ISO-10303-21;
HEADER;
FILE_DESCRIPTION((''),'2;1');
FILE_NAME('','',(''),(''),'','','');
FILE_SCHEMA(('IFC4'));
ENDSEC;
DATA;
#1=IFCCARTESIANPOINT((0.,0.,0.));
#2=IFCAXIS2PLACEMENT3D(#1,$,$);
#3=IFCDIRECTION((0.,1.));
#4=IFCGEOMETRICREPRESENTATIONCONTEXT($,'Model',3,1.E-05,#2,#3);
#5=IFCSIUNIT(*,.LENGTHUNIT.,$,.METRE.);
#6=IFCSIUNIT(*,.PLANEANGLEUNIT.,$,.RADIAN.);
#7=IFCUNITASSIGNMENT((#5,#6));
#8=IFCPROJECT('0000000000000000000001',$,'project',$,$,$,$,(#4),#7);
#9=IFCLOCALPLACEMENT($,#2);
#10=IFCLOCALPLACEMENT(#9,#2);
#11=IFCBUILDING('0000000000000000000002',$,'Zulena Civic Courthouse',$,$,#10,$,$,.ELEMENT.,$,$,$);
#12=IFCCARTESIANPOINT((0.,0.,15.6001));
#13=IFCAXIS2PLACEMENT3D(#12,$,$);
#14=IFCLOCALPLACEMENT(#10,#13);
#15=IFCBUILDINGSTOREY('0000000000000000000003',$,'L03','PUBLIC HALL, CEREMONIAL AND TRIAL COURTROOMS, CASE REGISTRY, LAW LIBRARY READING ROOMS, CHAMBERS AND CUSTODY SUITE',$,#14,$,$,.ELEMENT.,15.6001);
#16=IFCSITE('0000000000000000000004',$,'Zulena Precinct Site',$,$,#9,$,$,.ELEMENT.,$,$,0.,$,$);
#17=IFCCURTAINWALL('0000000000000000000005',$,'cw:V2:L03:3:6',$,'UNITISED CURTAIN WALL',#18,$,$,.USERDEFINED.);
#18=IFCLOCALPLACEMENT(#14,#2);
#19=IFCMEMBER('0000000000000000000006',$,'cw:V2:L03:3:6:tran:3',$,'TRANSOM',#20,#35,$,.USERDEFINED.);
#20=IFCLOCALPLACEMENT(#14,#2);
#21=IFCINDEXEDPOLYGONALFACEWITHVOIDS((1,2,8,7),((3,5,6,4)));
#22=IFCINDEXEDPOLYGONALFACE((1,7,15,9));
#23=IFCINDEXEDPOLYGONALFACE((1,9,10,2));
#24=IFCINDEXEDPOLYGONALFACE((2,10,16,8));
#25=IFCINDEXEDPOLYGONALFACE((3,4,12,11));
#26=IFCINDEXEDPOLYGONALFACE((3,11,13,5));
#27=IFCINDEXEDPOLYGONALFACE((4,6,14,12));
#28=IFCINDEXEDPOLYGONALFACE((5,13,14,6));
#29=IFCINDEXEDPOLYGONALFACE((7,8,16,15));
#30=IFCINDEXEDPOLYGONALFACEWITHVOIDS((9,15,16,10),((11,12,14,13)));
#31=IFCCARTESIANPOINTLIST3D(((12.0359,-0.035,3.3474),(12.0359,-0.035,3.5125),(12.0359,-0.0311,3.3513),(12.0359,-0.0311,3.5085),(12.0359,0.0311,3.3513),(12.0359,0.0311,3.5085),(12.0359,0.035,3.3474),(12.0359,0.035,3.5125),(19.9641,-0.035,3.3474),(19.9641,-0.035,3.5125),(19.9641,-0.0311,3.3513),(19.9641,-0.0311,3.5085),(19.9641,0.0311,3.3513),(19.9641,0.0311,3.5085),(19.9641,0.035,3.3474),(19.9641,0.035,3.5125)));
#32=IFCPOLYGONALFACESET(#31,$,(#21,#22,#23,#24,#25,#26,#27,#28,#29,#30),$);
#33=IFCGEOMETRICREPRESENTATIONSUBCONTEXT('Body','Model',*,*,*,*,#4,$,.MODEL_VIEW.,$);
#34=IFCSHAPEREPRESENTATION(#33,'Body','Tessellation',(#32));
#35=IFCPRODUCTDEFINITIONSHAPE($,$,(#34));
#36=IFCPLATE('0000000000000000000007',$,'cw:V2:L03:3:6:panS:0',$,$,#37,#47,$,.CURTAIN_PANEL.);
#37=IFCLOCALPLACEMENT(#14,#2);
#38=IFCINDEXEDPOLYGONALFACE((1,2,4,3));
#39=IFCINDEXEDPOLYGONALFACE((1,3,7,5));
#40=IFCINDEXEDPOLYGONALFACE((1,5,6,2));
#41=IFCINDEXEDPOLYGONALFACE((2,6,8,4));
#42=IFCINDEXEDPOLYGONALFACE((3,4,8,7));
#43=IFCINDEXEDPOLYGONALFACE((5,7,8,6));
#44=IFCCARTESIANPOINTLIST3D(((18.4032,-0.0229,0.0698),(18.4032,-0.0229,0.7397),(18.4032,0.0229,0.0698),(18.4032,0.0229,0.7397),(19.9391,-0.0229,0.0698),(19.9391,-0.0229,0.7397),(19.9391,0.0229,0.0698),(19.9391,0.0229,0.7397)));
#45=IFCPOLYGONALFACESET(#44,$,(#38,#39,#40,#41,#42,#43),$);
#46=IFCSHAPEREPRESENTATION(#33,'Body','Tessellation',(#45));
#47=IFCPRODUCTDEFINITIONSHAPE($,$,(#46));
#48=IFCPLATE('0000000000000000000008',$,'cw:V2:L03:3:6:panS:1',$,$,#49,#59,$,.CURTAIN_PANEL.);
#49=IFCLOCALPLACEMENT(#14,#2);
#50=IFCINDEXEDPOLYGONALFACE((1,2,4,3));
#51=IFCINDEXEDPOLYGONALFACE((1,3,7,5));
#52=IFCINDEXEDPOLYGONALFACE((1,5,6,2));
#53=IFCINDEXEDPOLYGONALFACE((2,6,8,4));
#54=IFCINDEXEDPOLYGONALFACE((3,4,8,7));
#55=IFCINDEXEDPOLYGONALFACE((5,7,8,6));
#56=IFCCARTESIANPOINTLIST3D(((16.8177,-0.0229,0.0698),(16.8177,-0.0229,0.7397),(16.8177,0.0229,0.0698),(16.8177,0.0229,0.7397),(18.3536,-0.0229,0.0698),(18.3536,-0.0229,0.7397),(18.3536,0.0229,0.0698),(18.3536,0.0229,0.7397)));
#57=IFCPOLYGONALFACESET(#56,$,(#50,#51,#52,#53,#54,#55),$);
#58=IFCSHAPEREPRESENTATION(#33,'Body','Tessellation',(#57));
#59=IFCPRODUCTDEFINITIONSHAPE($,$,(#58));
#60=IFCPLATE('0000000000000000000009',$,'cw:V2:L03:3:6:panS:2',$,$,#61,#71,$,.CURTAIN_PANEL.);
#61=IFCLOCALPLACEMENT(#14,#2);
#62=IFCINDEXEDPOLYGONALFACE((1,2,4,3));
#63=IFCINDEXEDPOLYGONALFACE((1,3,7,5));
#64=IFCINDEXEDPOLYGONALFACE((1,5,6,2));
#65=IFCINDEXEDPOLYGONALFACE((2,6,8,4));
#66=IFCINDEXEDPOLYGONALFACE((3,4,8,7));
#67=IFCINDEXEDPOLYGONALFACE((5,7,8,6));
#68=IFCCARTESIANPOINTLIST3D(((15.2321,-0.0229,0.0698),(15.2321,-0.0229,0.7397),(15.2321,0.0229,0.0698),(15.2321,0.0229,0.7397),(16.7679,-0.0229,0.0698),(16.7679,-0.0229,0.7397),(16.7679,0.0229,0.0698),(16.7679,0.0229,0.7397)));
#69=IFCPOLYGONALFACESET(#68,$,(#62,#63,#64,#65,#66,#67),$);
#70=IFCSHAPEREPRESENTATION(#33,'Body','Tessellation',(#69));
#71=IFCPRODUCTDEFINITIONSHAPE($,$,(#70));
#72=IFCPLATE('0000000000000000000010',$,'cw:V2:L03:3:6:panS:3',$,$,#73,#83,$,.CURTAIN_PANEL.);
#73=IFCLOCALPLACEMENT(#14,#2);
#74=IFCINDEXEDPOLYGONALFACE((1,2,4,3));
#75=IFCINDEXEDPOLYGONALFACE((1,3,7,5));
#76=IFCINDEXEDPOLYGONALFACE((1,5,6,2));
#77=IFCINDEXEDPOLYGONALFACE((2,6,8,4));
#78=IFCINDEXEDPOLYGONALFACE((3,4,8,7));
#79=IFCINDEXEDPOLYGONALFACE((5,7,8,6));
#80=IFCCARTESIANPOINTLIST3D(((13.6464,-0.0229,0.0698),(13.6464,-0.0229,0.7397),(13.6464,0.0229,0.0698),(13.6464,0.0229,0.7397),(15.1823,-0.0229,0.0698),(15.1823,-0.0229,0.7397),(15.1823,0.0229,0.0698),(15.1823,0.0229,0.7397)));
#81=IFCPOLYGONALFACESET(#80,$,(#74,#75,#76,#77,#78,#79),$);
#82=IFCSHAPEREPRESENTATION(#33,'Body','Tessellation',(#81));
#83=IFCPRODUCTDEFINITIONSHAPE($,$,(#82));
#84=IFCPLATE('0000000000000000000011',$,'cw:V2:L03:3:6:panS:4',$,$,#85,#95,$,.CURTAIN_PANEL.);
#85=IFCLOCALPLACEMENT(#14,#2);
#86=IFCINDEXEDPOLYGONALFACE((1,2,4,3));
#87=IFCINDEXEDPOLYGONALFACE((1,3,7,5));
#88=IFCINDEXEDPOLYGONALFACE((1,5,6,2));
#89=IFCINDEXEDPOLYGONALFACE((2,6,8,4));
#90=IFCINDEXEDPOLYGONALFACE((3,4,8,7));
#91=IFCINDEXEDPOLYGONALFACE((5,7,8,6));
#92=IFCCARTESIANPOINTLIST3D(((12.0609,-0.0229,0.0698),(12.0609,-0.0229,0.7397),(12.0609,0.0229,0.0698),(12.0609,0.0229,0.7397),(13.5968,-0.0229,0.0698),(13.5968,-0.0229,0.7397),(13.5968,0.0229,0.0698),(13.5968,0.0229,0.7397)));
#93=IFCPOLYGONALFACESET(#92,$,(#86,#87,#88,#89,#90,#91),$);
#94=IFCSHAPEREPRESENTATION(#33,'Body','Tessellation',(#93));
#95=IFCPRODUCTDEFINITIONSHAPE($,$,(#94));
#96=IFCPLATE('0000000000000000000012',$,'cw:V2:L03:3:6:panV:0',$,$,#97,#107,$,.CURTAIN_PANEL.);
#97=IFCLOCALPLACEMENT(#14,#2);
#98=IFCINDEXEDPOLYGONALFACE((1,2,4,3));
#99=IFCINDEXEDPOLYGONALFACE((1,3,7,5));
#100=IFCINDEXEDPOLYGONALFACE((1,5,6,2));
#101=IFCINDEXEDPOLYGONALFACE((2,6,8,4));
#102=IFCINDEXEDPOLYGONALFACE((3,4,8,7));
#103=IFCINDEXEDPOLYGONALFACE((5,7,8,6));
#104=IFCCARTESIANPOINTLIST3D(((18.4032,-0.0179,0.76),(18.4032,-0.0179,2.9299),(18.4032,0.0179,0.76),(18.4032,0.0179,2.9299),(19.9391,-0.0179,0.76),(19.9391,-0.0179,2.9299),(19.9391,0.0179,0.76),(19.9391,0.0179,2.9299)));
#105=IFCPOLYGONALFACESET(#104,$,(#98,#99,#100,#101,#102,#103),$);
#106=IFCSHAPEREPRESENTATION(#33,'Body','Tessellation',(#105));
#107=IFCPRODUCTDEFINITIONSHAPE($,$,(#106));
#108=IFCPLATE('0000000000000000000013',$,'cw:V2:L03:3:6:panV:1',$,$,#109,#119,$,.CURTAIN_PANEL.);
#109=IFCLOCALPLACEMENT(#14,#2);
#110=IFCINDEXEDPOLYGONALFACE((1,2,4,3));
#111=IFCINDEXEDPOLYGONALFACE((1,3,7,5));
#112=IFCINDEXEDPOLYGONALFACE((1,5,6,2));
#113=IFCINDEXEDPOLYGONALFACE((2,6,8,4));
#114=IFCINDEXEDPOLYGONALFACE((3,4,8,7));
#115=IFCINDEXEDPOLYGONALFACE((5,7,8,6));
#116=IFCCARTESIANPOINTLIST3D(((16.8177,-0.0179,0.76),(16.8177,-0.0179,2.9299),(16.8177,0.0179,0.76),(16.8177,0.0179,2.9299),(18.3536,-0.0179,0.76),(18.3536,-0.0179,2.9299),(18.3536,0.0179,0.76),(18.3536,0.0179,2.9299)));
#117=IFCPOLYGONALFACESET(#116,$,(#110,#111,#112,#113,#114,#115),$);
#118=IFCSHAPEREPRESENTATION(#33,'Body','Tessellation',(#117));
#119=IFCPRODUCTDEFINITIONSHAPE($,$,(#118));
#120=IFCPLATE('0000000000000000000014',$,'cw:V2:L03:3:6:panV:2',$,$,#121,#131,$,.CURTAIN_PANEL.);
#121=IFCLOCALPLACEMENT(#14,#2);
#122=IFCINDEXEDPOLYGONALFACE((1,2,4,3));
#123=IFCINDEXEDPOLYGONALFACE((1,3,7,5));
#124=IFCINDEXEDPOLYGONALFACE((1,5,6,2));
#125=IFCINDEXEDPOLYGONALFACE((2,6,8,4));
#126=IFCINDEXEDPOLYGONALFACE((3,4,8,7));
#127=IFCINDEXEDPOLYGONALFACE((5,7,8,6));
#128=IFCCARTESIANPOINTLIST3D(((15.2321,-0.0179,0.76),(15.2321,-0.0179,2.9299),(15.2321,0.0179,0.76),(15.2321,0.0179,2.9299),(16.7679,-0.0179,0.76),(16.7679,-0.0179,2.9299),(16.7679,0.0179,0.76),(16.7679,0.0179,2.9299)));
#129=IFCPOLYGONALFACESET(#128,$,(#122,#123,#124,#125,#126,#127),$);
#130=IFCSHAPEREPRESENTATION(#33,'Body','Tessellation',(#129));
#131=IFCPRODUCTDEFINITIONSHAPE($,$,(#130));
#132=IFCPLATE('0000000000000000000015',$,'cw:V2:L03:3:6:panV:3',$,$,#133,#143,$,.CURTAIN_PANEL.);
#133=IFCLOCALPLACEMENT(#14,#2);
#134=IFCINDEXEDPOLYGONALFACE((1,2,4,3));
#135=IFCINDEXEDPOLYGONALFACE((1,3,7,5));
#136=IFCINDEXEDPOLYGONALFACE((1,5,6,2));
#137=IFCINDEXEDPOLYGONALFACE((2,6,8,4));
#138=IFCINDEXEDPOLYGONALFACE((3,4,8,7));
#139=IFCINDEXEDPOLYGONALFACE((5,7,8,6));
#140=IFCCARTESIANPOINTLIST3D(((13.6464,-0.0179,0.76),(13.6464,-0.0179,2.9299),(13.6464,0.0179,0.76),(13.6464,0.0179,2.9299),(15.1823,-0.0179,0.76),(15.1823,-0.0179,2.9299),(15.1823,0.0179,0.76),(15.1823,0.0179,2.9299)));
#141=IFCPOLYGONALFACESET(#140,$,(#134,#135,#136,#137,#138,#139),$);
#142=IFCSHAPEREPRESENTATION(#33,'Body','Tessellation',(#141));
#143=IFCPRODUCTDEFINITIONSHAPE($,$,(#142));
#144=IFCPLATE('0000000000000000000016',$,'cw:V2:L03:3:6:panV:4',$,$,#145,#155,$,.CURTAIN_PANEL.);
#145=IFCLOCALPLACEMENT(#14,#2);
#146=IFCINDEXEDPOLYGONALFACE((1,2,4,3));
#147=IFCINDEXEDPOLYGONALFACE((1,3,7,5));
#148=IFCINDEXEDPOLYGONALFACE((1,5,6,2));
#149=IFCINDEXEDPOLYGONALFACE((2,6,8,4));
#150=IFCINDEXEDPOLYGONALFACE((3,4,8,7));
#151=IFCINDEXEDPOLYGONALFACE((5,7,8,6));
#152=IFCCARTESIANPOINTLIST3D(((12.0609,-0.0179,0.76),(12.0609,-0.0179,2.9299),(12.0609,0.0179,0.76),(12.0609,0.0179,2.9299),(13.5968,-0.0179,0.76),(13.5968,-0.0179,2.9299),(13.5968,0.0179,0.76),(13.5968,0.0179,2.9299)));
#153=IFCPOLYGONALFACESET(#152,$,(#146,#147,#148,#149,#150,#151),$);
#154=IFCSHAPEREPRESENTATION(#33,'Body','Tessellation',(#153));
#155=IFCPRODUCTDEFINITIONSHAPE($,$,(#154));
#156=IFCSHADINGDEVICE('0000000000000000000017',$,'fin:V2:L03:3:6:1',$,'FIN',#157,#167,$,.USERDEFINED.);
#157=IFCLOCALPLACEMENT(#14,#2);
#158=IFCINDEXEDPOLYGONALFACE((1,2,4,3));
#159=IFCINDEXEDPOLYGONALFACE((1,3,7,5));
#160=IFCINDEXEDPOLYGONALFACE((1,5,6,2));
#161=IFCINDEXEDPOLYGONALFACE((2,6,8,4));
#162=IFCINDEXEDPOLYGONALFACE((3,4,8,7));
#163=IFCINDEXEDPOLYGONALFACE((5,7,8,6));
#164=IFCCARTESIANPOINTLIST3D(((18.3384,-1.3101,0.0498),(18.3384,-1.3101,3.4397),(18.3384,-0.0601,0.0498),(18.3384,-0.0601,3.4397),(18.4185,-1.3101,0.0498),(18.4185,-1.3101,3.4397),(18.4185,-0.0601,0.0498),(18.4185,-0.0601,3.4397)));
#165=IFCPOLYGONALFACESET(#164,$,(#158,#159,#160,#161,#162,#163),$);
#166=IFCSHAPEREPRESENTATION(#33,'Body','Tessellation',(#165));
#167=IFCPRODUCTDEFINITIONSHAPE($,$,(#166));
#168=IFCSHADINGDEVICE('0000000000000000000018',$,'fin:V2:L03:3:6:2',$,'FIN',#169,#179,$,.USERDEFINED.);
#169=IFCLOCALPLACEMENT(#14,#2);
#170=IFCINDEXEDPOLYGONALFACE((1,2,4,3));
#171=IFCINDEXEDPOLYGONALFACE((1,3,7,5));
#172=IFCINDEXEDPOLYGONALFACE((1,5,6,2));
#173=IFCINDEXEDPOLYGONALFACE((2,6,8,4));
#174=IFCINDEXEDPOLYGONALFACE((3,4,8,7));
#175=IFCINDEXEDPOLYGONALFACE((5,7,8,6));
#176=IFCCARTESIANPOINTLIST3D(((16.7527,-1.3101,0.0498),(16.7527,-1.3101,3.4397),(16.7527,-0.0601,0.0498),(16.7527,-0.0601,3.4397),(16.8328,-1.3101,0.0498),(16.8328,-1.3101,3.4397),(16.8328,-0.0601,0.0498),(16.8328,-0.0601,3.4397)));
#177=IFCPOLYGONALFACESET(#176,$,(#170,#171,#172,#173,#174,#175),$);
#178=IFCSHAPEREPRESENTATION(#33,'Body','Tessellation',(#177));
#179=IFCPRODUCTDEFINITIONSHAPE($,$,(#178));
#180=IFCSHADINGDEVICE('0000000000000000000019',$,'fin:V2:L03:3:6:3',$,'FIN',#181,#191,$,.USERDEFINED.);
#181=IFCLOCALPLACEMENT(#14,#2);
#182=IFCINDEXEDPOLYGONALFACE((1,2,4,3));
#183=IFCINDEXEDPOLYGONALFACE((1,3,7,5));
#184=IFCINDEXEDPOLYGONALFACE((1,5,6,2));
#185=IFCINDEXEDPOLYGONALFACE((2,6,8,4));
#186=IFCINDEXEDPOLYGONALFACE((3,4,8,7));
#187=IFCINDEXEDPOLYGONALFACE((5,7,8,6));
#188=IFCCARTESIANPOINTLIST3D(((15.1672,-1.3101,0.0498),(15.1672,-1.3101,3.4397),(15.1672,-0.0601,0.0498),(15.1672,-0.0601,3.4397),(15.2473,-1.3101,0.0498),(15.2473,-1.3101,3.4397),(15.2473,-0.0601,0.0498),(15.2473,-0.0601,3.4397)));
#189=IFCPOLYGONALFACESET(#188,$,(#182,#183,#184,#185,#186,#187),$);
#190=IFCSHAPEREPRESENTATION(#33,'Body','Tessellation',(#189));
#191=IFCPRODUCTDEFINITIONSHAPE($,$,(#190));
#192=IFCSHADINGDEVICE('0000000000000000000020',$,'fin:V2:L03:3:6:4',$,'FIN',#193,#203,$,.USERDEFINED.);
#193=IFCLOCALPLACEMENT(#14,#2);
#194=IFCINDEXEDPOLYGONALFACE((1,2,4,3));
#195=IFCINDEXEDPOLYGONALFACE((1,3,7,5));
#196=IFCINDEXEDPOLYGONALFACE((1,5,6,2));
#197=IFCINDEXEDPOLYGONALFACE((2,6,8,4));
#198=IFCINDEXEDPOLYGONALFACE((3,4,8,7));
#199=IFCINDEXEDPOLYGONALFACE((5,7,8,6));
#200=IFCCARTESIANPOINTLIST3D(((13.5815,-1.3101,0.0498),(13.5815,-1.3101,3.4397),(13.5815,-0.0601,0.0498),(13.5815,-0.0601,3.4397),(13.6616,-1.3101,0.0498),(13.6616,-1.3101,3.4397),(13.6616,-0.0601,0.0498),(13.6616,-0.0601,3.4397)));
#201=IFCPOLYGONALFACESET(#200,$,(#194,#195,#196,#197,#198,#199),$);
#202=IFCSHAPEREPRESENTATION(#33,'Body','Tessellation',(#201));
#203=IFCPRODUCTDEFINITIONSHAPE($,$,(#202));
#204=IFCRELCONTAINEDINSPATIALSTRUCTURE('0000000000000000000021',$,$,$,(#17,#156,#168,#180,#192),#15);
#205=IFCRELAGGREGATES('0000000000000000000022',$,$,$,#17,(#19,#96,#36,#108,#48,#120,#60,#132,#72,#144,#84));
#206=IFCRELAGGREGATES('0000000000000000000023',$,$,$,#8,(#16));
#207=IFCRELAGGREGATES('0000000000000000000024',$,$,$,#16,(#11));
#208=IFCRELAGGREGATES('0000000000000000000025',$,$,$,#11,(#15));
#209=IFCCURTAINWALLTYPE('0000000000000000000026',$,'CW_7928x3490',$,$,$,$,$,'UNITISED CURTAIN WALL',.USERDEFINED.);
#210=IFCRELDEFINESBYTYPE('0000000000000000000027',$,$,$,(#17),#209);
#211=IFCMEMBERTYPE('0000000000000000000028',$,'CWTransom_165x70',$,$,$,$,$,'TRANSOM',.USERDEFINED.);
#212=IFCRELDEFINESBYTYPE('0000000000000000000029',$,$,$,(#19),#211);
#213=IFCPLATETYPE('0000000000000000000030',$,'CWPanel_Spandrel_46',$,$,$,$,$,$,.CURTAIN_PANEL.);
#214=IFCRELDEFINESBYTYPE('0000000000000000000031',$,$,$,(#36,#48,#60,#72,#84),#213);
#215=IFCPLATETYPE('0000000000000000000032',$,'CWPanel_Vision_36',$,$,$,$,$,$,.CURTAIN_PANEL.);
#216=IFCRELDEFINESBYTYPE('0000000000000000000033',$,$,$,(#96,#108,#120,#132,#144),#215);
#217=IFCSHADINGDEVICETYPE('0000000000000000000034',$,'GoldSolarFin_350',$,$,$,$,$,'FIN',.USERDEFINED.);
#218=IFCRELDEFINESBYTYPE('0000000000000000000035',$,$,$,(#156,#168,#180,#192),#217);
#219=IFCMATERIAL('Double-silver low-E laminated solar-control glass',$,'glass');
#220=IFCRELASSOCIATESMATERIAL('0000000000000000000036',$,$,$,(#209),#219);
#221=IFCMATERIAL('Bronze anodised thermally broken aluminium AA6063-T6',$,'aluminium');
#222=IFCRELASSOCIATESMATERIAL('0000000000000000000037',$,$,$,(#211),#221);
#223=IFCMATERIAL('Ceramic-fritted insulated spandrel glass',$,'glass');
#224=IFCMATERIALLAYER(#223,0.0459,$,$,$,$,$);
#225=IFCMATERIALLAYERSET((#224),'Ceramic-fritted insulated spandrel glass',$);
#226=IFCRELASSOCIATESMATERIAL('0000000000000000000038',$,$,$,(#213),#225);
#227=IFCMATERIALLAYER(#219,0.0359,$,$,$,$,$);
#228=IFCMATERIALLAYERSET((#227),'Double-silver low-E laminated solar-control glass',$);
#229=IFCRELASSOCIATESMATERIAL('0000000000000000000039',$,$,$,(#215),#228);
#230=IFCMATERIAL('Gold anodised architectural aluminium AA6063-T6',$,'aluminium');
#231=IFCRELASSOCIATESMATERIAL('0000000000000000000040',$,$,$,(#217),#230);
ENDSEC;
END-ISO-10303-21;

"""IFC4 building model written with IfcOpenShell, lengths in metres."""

from ifc_helpers import new_model, si_unit, direction, frame, origin, origin_2d, place, context, subcontext, project, spatial, rectangle, hollow_rectangle, extrude, material, layer, layer_set, material_profile, profile_set, type_object, element, aggregate, save


model = new_model("IFC4")

# Units and contexts
model_context = context("Model", 3, precision=1e-05, world=origin(), true_north=direction((0.0, 1.0)))
body_context = subcontext(model_context, "Body", "Model", "MODEL_VIEW")
ifc_project = project(units=[si_unit("LENGTHUNIT", "METRE"), si_unit("PLANEANGLEUNIT", "RADIAN")], contexts=[model_context])

# Site, building, storey
site_placement = place(None, origin())
site = spatial("IfcSite", under=ifc_project, at=site_placement, Name="Zulena Precinct Site", CompositionType="ELEMENT", RefElevation=0.0)
building_placement = place(site_placement, origin())
building = spatial("IfcBuilding", under=site, at=building_placement, Name="Zulena Civic Courthouse", CompositionType="ELEMENT")
storey_placement = place(building_placement, frame((0.0, 0.0, 15.6001)))
storey = spatial("IfcBuildingStorey", under=building, at=storey_placement, Name="L03", Description="PUBLIC HALL, CEREMONIAL AND TRIAL COURTROOMS, CASE REGISTRY, LAW LIBRARY READING ROOMS, CHAMBERS AND CUSTODY SUITE", CompositionType="ELEMENT", Elevation=15.6001)

# Curtain wall, member, plates
ifc_material_1 = material(Name="Double-silver low-E laminated solar-control glass", Category="glass")
curtain_wall_type = type_object("IfcCurtainWallType", Name="CW_7928x3490", ElementType="UNITISED CURTAIN WALL", PredefinedType="USERDEFINED", material=ifc_material_1)
curtain_wall_placement = place(storey_placement, origin())
curtain_wall = element("IfcCurtainWall", 1, at=curtain_wall_placement, inside=storey, type_object=curtain_wall_type, Name="cw:V2:L03:3:6", ObjectType="UNITISED CURTAIN WALL", PredefinedType="USERDEFINED")
ifc_material_2 = material(Name="Bronze anodised thermally broken aluminium AA6063-T6", Category="aluminium")
ifc_material_profile_1 = material_profile(ifc_material_2, hollow_rectangle(XDim=0.0701, YDim=0.165, WallThickness=0.0039, at=origin_2d()), Name="CWT165X70X4")
ifc_profile_set_1 = profile_set([ifc_material_profile_1], Name="Bronze anodised thermally broken aluminium AA6063-T6")
member_type_1 = type_object("IfcMemberType", Name="CWTransom_165x70", ElementType="TRANSOM", PredefinedType="USERDEFINED", material=ifc_profile_set_1)
member_1_placement = place(storey_placement, frame((19.9641, 0.0, 3.4299), z_axis=(-1.0, 0.0, 0.0), x_axis=(0.0, -1.0, 0.0)))
member_1 = element("IfcMember", 2, at=member_1_placement, type_object=member_type_1, Name="cw:V2:L03:3:6:tran:3", ObjectType="TRANSOM", PredefinedType="USERDEFINED", context=body_context, shape_type="SweptSolid", body=[
    extrude(hollow_rectangle(XDim=0.0701, YDim=0.165, WallThickness=0.0039, at=origin_2d()), origin(), (0.0, 0.0, 1.0), 7.9282),
])
ifc_material_3 = material(Name="Ceramic-fritted insulated spandrel glass", Category="glass")
ifc_layer_1 = layer(ifc_material_3, 0.0459)
ifc_layer_set_1 = layer_set([ifc_layer_1], Name="Ceramic-fritted insulated spandrel glass")
plate_type_1 = type_object("IfcPlateType", Name="CWPanel_Spandrel_46", PredefinedType="CURTAIN_PANEL", material=ifc_layer_set_1)
plate_1_placement = place(storey_placement, frame((19.1711, 0.0, 0.0698), z_axis=(0.0, 0.0, 1.0), x_axis=(-1.0, 0.0, 0.0)))
plate_1 = element("IfcPlate", 3, at=plate_1_placement, type_object=plate_type_1, Name="cw:V2:L03:3:6:panS:0", PredefinedType="CURTAIN_PANEL", context=body_context, shape_type="SweptSolid", body=[
    extrude(rectangle(XDim=1.5359, YDim=0.0459, at=origin_2d()), origin(), (0.0, 0.0, 1.0), 0.6699),
])
plate_2_placement = place(storey_placement, frame((17.5857, 0.0, 0.0698), z_axis=(0.0, 0.0, 1.0), x_axis=(-1.0, 0.0, 0.0)))
plate_2 = element("IfcPlate", 4, at=plate_2_placement, type_object=plate_type_1, Name="cw:V2:L03:3:6:panS:1", PredefinedType="CURTAIN_PANEL", context=body_context, shape_type="SweptSolid", body=[
    extrude(rectangle(XDim=1.5359, YDim=0.0459, at=origin_2d()), origin(), (0.0, 0.0, 1.0), 0.6699),
])
plate_3_placement = place(storey_placement, frame((16.0, 0.0, 0.0698), z_axis=(0.0, 0.0, 1.0), x_axis=(-1.0, 0.0, 0.0)))
plate_3 = element("IfcPlate", 5, at=plate_3_placement, type_object=plate_type_1, Name="cw:V2:L03:3:6:panS:2", PredefinedType="CURTAIN_PANEL", context=body_context, shape_type="SweptSolid", body=[
    extrude(rectangle(XDim=1.5359, YDim=0.0459, at=origin_2d()), origin(), (0.0, 0.0, 1.0), 0.6699),
])
plate_4_placement = place(storey_placement, frame((14.4143, 0.0, 0.0698), z_axis=(0.0, 0.0, 1.0), x_axis=(-1.0, 0.0, 0.0)))
plate_4 = element("IfcPlate", 6, at=plate_4_placement, type_object=plate_type_1, Name="cw:V2:L03:3:6:panS:3", PredefinedType="CURTAIN_PANEL", context=body_context, shape_type="SweptSolid", body=[
    extrude(rectangle(XDim=1.5359, YDim=0.0459, at=origin_2d()), origin(), (0.0, 0.0, 1.0), 0.6699),
])
plate_5_placement = place(storey_placement, frame((12.8289, 0.0, 0.0698), z_axis=(0.0, 0.0, 1.0), x_axis=(-1.0, 0.0, 0.0)))
plate_5 = element("IfcPlate", 7, at=plate_5_placement, type_object=plate_type_1, Name="cw:V2:L03:3:6:panS:4", PredefinedType="CURTAIN_PANEL", context=body_context, shape_type="SweptSolid", body=[
    extrude(rectangle(XDim=1.5359, YDim=0.0459, at=origin_2d()), origin(), (0.0, 0.0, 1.0), 0.6699),
])
ifc_layer_2 = layer(ifc_material_1, 0.0359)
ifc_layer_set_2 = layer_set([ifc_layer_2], Name="Double-silver low-E laminated solar-control glass")
plate_type_2 = type_object("IfcPlateType", Name="CWPanel_Vision_36", PredefinedType="CURTAIN_PANEL", material=ifc_layer_set_2)
plate_6_placement = place(storey_placement, frame((19.1711, 0.0, 0.76), z_axis=(0.0, 0.0, 1.0), x_axis=(-1.0, 0.0, 0.0)))
plate_6 = element("IfcPlate", 8, at=plate_6_placement, type_object=plate_type_2, Name="cw:V2:L03:3:6:panV:0", PredefinedType="CURTAIN_PANEL", context=body_context, shape_type="SweptSolid", body=[
    extrude(rectangle(XDim=1.5359, YDim=0.0359, at=origin_2d()), origin(), (0.0, 0.0, 1.0), 2.1699),
])
plate_7_placement = place(storey_placement, frame((17.5857, 0.0, 0.76), z_axis=(0.0, 0.0, 1.0), x_axis=(-1.0, 0.0, 0.0)))
plate_7 = element("IfcPlate", 9, at=plate_7_placement, type_object=plate_type_2, Name="cw:V2:L03:3:6:panV:1", PredefinedType="CURTAIN_PANEL", context=body_context, shape_type="SweptSolid", body=[
    extrude(rectangle(XDim=1.5359, YDim=0.0359, at=origin_2d()), origin(), (0.0, 0.0, 1.0), 2.1699),
])
plate_8_placement = place(storey_placement, frame((16.0, 0.0, 0.76), z_axis=(0.0, 0.0, 1.0), x_axis=(-1.0, 0.0, 0.0)))
plate_8 = element("IfcPlate", 10, at=plate_8_placement, type_object=plate_type_2, Name="cw:V2:L03:3:6:panV:2", PredefinedType="CURTAIN_PANEL", context=body_context, shape_type="SweptSolid", body=[
    extrude(rectangle(XDim=1.5359, YDim=0.0359, at=origin_2d()), origin(), (0.0, 0.0, 1.0), 2.1699),
])
plate_9_placement = place(storey_placement, frame((14.4143, 0.0, 0.76), z_axis=(0.0, 0.0, 1.0), x_axis=(-1.0, 0.0, 0.0)))
plate_9 = element("IfcPlate", 11, at=plate_9_placement, type_object=plate_type_2, Name="cw:V2:L03:3:6:panV:3", PredefinedType="CURTAIN_PANEL", context=body_context, shape_type="SweptSolid", body=[
    extrude(rectangle(XDim=1.5359, YDim=0.0359, at=origin_2d()), origin(), (0.0, 0.0, 1.0), 2.1699),
])
plate_10_placement = place(storey_placement, frame((12.8289, 0.0, 0.76), z_axis=(0.0, 0.0, 1.0), x_axis=(-1.0, 0.0, 0.0)))
plate_10 = element("IfcPlate", 12, at=plate_10_placement, type_object=plate_type_2, Name="cw:V2:L03:3:6:panV:4", PredefinedType="CURTAIN_PANEL", context=body_context, shape_type="SweptSolid", body=[
    extrude(rectangle(XDim=1.5359, YDim=0.0359, at=origin_2d()), origin(), (0.0, 0.0, 1.0), 2.1699),
])
aggregate(curtain_wall, [member_1, plate_6, plate_1, plate_7, plate_2, plate_8, plate_3, plate_9, plate_4, plate_10, plate_5])

# Shading devices
ifc_material_4 = material(Name="Gold anodised architectural aluminium AA6063-T6", Category="aluminium")
shading_device_type = type_object("IfcShadingDeviceType", Name="GoldSolarFin_350", ElementType="FIN", PredefinedType="USERDEFINED", material=ifc_material_4)
for number, where, z_axis, x_axis, name in (
    (13, (18.3784, -0.6851, 0.0498), (0.0, 0.0, 1.0), (0.0, -1.0, 0.0), "fin:V2:L03:3:6:1"),
    (14, (16.7927, -0.6851, 0.0498), (0.0, 0.0, 1.0), (0.0, -1.0, 0.0), "fin:V2:L03:3:6:2"),
    (15, (15.2073, -0.6851, 0.0498), (0.0, 0.0, 1.0), (0.0, -1.0, 0.0), "fin:V2:L03:3:6:3"),
    (16, (13.6216, -0.6851, 0.0498), (0.0, 0.0, 1.0), (0.0, -1.0, 0.0), "fin:V2:L03:3:6:4"),
):
    element("IfcShadingDevice", number, at=place(storey_placement, frame(where, z_axis=z_axis, x_axis=x_axis)), inside=storey, type_object=shading_device_type, Name=name, ObjectType="FIN", PredefinedType="USERDEFINED", context=body_context, shape_type="SweptSolid", body=[
        extrude(rectangle(XDim=1.25, YDim=0.0801, at=origin_2d()), origin(), (0.0, 0.0, 1.0), 3.3899),
    ])

save(model, "model.ifc")
